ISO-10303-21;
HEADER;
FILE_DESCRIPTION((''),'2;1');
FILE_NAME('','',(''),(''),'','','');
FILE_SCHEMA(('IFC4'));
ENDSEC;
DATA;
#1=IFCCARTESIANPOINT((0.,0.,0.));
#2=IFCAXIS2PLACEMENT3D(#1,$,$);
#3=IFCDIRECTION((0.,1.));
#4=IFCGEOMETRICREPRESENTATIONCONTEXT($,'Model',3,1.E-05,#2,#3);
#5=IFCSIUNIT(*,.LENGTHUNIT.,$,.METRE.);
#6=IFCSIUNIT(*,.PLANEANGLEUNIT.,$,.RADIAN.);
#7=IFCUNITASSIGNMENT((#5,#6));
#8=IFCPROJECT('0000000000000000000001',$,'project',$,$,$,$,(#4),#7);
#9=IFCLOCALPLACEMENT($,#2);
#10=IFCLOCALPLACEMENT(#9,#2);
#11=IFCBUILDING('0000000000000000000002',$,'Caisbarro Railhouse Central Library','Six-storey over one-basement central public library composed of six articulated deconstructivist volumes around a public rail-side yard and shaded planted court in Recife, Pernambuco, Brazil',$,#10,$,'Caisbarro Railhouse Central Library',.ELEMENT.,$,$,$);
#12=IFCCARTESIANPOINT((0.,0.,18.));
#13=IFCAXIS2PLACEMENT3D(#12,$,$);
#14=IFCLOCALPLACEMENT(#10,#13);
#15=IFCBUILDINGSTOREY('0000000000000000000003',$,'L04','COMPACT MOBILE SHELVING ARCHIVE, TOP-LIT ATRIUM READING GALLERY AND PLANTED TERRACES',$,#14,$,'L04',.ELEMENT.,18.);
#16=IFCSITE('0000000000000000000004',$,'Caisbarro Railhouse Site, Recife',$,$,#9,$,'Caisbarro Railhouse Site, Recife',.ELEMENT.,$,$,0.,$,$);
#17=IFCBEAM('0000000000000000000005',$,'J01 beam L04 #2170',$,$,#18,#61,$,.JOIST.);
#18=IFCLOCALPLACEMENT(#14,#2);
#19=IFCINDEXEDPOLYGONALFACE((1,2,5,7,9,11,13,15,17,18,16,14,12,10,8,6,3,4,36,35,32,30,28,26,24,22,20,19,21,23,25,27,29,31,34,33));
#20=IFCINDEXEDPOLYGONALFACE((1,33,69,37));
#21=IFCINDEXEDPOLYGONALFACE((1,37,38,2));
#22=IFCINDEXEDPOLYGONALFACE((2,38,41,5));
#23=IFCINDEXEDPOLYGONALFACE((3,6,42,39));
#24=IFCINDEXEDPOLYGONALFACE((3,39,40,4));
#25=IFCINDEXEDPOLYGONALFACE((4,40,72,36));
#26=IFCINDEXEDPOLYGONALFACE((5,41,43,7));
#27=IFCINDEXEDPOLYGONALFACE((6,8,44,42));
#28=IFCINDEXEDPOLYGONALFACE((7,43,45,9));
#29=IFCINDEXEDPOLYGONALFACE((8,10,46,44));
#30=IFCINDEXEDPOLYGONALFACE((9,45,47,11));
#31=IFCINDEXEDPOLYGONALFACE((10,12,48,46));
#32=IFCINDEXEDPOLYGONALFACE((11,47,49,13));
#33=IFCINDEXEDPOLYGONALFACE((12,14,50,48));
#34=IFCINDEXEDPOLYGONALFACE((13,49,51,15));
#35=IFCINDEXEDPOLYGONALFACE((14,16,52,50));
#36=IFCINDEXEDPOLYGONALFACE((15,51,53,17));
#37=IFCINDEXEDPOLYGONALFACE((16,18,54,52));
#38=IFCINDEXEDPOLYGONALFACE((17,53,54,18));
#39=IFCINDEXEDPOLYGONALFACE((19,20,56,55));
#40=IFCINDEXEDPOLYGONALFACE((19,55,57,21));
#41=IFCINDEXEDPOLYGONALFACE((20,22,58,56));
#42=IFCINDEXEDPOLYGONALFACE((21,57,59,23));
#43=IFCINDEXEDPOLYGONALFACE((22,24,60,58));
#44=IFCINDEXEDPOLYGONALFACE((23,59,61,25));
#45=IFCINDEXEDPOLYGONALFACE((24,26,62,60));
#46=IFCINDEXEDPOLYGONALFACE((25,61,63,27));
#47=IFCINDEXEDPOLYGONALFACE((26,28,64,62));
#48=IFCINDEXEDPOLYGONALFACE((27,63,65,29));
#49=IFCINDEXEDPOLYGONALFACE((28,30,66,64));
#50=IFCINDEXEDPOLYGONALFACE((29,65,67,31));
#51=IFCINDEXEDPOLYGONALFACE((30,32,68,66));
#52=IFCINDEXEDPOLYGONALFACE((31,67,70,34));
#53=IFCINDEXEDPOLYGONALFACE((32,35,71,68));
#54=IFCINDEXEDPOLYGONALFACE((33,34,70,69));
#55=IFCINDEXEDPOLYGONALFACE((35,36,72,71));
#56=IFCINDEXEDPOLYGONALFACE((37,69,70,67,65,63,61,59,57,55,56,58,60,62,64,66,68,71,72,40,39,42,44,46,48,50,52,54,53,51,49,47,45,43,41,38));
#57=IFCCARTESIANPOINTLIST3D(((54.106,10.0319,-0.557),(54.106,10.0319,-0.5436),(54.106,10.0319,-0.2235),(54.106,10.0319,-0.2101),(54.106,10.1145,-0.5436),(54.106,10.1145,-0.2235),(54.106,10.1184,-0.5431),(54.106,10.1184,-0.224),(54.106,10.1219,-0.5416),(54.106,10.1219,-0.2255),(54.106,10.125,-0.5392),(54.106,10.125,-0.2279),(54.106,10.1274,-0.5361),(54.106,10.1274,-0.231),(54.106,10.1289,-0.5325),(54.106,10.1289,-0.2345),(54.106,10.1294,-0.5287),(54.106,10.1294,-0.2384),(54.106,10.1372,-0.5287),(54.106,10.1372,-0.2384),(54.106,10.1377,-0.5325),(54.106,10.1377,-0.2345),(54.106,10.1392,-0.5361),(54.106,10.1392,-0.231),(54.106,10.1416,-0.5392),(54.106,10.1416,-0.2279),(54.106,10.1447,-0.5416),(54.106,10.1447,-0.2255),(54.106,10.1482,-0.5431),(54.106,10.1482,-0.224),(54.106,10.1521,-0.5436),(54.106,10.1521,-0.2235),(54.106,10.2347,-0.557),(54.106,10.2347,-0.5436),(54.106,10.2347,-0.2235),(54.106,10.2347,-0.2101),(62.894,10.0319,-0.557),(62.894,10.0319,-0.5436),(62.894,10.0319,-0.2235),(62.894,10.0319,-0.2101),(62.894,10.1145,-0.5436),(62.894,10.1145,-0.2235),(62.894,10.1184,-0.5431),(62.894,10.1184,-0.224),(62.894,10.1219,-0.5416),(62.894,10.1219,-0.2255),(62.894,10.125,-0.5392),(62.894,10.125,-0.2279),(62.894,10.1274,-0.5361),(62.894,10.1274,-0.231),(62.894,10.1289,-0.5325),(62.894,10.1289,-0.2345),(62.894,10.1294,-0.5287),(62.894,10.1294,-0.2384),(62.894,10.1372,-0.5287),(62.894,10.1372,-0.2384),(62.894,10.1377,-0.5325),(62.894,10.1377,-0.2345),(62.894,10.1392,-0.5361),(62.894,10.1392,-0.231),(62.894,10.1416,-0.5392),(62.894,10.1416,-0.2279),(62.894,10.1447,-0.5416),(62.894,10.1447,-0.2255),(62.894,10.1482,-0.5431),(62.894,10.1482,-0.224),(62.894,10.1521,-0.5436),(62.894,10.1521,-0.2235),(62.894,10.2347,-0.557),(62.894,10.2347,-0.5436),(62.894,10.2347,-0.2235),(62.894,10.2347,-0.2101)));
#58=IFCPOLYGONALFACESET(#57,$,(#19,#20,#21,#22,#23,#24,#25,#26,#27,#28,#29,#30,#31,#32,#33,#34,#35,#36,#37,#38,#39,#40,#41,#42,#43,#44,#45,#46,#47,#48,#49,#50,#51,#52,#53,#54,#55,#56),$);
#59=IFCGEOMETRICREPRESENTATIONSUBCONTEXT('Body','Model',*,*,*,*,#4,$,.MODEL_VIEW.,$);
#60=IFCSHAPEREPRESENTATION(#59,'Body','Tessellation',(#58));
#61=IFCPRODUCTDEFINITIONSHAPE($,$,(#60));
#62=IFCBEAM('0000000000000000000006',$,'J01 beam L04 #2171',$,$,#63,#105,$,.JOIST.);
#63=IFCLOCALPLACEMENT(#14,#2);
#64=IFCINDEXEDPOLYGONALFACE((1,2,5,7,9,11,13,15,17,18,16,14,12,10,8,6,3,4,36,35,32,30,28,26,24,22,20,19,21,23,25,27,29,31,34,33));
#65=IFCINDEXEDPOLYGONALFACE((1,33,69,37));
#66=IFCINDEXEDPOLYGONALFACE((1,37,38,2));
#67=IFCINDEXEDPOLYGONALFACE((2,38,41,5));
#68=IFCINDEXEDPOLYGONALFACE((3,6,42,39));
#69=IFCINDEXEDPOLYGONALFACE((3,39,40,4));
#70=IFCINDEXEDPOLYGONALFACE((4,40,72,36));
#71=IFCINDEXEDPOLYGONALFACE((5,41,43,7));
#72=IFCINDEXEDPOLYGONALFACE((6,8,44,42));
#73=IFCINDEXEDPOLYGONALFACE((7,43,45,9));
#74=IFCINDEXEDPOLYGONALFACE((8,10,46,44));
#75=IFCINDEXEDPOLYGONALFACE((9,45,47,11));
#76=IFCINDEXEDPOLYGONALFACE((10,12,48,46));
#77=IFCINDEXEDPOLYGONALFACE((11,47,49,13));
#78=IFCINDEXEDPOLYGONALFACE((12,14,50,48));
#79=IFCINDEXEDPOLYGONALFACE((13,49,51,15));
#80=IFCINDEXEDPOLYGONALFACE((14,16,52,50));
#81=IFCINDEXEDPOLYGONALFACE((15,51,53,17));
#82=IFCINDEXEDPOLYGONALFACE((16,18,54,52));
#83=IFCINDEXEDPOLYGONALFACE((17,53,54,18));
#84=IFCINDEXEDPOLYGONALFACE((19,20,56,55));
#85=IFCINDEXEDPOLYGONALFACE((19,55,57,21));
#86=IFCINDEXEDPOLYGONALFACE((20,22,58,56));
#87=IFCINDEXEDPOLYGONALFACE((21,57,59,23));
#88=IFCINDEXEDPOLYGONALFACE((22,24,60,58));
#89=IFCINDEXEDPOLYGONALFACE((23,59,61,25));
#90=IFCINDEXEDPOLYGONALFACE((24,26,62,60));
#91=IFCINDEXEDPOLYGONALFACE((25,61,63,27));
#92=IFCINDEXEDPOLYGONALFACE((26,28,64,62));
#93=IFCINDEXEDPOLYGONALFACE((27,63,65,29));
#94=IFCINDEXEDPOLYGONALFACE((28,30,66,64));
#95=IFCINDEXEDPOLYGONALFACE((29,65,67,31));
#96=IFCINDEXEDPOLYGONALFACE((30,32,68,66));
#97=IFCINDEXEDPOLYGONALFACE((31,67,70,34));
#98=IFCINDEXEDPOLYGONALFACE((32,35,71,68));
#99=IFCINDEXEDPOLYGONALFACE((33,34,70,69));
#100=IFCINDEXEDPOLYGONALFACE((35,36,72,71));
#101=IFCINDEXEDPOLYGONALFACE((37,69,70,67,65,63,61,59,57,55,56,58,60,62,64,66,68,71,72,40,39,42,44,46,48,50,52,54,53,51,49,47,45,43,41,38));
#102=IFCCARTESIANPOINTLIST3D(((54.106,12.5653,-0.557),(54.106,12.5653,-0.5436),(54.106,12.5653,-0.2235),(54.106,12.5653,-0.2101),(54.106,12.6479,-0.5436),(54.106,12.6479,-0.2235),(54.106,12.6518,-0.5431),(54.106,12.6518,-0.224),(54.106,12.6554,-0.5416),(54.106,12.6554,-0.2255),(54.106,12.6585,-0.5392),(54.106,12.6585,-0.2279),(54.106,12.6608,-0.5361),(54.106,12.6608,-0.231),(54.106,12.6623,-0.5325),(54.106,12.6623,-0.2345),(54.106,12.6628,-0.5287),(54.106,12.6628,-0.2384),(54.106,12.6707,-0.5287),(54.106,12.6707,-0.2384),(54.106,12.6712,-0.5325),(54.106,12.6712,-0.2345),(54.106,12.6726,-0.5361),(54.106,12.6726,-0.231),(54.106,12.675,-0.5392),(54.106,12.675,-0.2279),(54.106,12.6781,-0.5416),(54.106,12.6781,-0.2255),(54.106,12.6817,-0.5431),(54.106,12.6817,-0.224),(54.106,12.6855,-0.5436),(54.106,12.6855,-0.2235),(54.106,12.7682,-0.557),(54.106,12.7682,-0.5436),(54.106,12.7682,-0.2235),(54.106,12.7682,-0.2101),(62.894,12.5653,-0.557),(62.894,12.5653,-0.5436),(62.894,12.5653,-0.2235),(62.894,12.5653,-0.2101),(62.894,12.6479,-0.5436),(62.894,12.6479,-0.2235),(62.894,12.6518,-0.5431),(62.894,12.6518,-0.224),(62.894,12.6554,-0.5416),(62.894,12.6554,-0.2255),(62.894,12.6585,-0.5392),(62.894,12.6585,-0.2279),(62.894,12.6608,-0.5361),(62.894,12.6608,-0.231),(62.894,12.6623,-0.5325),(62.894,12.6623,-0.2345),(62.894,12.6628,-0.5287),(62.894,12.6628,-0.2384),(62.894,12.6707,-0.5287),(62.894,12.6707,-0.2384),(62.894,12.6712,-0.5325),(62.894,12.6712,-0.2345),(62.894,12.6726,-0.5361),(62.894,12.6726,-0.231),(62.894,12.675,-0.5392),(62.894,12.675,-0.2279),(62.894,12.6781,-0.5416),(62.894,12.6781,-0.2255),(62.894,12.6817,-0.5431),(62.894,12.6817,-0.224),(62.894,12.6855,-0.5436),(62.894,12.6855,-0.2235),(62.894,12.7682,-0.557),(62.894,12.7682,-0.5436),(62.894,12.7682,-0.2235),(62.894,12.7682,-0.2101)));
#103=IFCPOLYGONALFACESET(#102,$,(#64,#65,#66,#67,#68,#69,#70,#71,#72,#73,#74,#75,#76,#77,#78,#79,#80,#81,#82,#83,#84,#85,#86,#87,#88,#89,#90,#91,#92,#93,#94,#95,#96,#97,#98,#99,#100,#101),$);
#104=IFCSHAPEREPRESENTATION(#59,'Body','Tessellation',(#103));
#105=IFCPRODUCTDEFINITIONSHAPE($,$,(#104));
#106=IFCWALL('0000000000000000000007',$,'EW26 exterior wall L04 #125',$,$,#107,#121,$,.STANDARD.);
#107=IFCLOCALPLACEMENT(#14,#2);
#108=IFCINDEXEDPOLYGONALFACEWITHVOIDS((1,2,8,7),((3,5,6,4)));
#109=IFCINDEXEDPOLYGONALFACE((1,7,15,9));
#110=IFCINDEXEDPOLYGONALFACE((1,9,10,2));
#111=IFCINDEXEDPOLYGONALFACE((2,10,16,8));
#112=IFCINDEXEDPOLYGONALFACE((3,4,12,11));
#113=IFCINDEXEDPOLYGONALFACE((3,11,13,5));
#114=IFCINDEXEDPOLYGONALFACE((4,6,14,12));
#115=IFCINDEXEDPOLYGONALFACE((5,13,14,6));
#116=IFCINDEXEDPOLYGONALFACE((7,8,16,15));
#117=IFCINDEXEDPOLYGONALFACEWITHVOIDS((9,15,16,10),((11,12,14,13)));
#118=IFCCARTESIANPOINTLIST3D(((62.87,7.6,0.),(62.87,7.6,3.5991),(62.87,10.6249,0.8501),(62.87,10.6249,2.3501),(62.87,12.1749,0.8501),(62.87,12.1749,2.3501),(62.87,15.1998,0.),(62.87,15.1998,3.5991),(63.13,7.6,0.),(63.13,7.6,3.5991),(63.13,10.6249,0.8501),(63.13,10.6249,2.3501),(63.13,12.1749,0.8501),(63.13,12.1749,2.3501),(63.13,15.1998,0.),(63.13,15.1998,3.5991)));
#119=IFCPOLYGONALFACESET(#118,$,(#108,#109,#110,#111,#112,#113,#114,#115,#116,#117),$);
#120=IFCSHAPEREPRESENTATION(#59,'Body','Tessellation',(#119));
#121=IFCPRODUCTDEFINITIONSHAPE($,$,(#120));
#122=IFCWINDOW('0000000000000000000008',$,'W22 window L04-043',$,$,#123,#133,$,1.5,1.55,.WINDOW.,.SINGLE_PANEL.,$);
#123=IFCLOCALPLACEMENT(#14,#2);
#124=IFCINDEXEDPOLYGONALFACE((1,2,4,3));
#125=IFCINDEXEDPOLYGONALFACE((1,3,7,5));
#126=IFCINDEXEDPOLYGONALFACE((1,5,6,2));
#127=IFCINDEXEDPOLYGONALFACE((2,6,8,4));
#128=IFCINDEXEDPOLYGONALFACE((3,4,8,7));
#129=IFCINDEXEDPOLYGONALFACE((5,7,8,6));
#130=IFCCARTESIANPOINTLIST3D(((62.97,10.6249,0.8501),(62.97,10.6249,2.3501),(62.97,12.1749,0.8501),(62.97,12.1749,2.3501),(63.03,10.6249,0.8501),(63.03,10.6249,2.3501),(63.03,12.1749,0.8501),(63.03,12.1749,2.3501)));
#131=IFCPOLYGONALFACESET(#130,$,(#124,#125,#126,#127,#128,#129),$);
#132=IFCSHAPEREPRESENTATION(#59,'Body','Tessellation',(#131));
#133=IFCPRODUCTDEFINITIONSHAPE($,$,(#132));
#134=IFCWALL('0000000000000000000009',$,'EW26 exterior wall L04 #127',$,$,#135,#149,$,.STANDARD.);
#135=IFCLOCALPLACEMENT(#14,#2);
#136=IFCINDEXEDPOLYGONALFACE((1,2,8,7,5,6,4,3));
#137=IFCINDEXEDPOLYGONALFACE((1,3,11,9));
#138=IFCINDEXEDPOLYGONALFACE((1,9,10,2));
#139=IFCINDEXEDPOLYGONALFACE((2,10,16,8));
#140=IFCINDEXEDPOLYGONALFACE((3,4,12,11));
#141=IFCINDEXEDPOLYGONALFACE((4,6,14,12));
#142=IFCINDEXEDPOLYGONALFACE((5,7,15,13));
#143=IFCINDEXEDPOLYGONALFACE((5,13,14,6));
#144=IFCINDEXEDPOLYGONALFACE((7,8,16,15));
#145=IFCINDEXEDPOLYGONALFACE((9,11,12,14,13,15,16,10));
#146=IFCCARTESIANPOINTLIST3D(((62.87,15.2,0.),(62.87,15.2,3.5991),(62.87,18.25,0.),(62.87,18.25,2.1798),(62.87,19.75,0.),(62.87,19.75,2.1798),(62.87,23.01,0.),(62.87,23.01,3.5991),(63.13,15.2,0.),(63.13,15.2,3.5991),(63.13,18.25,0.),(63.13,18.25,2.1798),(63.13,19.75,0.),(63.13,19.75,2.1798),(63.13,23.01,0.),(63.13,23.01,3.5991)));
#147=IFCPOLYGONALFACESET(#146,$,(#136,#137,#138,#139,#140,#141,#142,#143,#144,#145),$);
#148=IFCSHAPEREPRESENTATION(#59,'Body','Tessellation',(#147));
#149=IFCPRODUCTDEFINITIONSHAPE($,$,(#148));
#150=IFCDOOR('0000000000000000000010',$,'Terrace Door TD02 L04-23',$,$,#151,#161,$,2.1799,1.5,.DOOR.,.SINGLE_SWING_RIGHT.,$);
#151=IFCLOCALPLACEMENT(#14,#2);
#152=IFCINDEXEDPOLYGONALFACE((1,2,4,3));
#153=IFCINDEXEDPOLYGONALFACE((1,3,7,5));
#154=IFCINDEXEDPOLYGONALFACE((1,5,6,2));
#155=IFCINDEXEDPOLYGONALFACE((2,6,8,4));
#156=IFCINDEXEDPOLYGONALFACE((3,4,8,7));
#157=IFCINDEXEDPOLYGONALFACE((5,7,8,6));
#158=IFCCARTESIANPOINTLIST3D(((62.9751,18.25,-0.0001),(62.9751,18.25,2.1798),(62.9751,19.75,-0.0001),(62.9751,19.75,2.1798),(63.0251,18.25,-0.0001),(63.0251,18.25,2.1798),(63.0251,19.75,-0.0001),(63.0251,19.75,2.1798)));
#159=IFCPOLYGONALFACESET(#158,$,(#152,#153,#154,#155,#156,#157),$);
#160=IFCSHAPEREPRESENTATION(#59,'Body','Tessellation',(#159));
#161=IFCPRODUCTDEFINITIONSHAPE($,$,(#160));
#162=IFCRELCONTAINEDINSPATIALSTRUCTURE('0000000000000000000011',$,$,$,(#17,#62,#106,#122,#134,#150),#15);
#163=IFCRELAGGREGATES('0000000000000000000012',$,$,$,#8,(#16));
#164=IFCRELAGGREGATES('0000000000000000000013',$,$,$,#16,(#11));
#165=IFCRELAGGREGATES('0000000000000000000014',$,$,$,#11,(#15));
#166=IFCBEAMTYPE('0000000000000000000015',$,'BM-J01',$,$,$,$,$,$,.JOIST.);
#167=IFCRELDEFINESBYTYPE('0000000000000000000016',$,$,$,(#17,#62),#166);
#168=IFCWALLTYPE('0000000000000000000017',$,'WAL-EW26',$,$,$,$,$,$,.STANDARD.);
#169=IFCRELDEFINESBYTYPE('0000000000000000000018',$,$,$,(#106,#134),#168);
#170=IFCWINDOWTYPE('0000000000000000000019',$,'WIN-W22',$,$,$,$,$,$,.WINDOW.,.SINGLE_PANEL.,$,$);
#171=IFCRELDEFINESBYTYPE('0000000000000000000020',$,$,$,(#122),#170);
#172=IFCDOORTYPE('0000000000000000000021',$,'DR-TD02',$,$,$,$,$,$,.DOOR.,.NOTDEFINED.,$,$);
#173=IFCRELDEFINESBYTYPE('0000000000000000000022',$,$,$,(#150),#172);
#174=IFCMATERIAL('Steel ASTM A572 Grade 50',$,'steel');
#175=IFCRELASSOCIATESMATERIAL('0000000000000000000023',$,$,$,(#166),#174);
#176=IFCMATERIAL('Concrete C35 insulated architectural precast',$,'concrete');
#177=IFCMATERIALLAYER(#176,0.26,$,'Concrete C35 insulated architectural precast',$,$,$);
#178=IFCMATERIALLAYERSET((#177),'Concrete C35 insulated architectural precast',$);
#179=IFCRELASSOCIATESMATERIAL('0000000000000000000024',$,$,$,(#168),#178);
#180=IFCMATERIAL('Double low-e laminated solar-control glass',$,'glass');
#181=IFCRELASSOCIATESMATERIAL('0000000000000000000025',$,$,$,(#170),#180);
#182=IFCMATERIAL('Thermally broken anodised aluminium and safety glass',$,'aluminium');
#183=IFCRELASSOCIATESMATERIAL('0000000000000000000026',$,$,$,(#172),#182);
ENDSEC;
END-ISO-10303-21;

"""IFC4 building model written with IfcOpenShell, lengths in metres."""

from ifc_helpers import new_model, si_unit, direction, frame, frame_2d, origin, origin_2d, place, context, subcontext, project, spatial, rectangle, i_section, extrude, material, layer, layer_set, material_profile, profile_set, type_object, element, fill, save


model = new_model("IFC4")

# Units and contexts
model_context = context("Model", 3, precision=1e-05, world=origin(), true_north=direction((0.0, 1.0)))
body_context = subcontext(model_context, "Body", "Model", "MODEL_VIEW")
ifc_project = project(units=[si_unit("LENGTHUNIT", "METRE"), si_unit("PLANEANGLEUNIT", "RADIAN")], contexts=[model_context])

# Site, building, storey
site_placement = place(None, origin())
site = spatial("IfcSite", under=ifc_project, at=site_placement, Name="Caisbarro Railhouse Site, Recife", LongName="Caisbarro Railhouse Site, Recife", CompositionType="ELEMENT", RefElevation=0.0)
building_placement = place(site_placement, origin())
building = spatial("IfcBuilding", under=site, at=building_placement, Name="Caisbarro Railhouse Central Library", Description="Six-storey over one-basement central public library composed of six articulated deconstructivist volumes around a public rail-side yard and shaded planted court in Recife, Pernambuco, Brazil", LongName="Caisbarro Railhouse Central Library", CompositionType="ELEMENT")
storey_placement = place(building_placement, frame((0.0, 0.0, 18.0)))
storey = spatial("IfcBuildingStorey", under=building, at=storey_placement, Name="L04", Description="COMPACT MOBILE SHELVING ARCHIVE, TOP-LIT ATRIUM READING GALLERY AND PLANTED TERRACES", LongName="L04", CompositionType="ELEMENT", Elevation=18.0)

# Shared definitions
ifc_material_1 = material(Name="Steel ASTM A572 Grade 50", Category="steel")

# Beams
ifc_material_profile_1 = material_profile(ifc_material_1, i_section(OverallWidth=0.2029, OverallDepth=0.3469, WebThickness=0.0078, FlangeThickness=0.0134, FilletRadius=0.0149, at=origin_2d()), Name="W360X64.0")
ifc_profile_set_1 = profile_set([ifc_material_profile_1], Name="Steel ASTM A572 Grade 50")
beam_type_1 = type_object("IfcBeamType", Name="BM-J01", PredefinedType="JOIST", material=ifc_profile_set_1)
for number, where, z_axis, x_axis, name in (
    (1, (54.106, 10.1333, -0.3835), (1.0, 0.0, 0.0), (0.0, 1.0, 0.0), "J01 beam L04 #2170"),
    (2, (54.106, 12.6667, -0.3835), (1.0, 0.0, 0.0), (0.0, 1.0, 0.0), "J01 beam L04 #2171"),
):
    element("IfcBeam", number, at=place(storey_placement, frame(where, z_axis=z_axis, x_axis=x_axis)), inside=storey, type_object=beam_type_1, Name=name, PredefinedType="JOIST", context=body_context, shape_type="SweptSolid", body=[
        extrude(i_section(OverallWidth=0.2029, OverallDepth=0.3469, WebThickness=0.0078, FlangeThickness=0.0134, FilletRadius=0.0149, at=origin_2d()), origin(), (0.0, 0.0, 1.0), 8.7881),
    ])

# Wall, opening, window
ifc_material_2 = material(Name="Concrete C35 insulated architectural precast", Category="concrete")
ifc_layer_1 = layer(ifc_material_2, 0.26, Name="Concrete C35 insulated architectural precast")
ifc_layer_set_1 = layer_set([ifc_layer_1], Name="Concrete C35 insulated architectural precast")
wall_type_1 = type_object("IfcWallType", Name="WAL-EW26", PredefinedType="STANDARD", material=ifc_layer_set_1)
wall_1_placement = place(storey_placement, frame((63.0, 7.6001, 0.0), z_axis=(0.0, 0.0, 1.0), x_axis=(0.0, 1.0, 0.0)))
wall_1 = element("IfcWall", 3, at=wall_1_placement, inside=storey, type_object=wall_type_1, Name="EW26 exterior wall L04 #125", PredefinedType="STANDARD", context=body_context, shape_type="SweptSolid", body=[
    extrude(rectangle(XDim=7.5999, YDim=0.26, at=frame_2d((3.7998, 0.0))), origin(), (0.0, 0.0, 1.0), 3.5991),
])
opening_1_placement = place(wall_1_placement, frame((3.0249, 0.0, 0.8501)))
opening_1 = element("IfcOpeningElement", 4, at=opening_1_placement, cuts=wall_1, PredefinedType="OPENING", context=body_context, shape_type="SweptSolid", body=[
    extrude(rectangle(XDim=1.55, YDim=1.5, at=frame_2d((0.7749, 0.75))), frame((0.0, 0.1401, 0.0), z_axis=(0.0, -1.0, 0.0), x_axis=(1.0, 0.0, 0.0)), (0.0, 0.0, 1.0), 0.28),
])
ifc_material_3 = material(Name="Double low-e laminated solar-control glass", Category="glass")
window_type = type_object("IfcWindowType", Name="WIN-W22", PartitioningType="SINGLE_PANEL", PredefinedType="WINDOW", material=ifc_material_3)
window_placement = place(opening_1_placement, origin())
window = element("IfcWindow", 5, at=window_placement, inside=storey, type_object=window_type, Name="W22 window L04-043", OverallHeight=1.5, OverallWidth=1.55, PartitioningType="SINGLE_PANEL", PredefinedType="WINDOW", context=body_context, shape_type="SweptSolid", body=[
    extrude(rectangle(XDim=1.55, YDim=1.5, at=frame_2d((0.7749, 0.75))), frame((0.0, 0.03, 0.0), z_axis=(0.0, -1.0, 0.0), x_axis=(1.0, 0.0, 0.0)), (0.0, 0.0, 1.0), 0.0601),
])
fill(opening_1, window)

# Wall, opening, door
wall_2_placement = place(storey_placement, frame((63.0, 15.2, 0.0), z_axis=(0.0, 0.0, 1.0), x_axis=(0.0, 1.0, 0.0)))
wall_2 = element("IfcWall", 6, at=wall_2_placement, inside=storey, type_object=wall_type_1, Name="EW26 exterior wall L04 #127", PredefinedType="STANDARD", context=body_context, shape_type="SweptSolid", body=[
    extrude(rectangle(XDim=7.8101, YDim=0.26, at=frame_2d((3.905, 0.0))), origin(), (0.0, 0.0, 1.0), 3.5991),
])
opening_2_placement = place(wall_2_placement, frame((3.05, 0.0, 0.0)))
opening_2 = element("IfcOpeningElement", 7, at=opening_2_placement, cuts=wall_2, PredefinedType="OPENING", context=body_context, shape_type="SweptSolid", body=[
    extrude(rectangle(XDim=1.5, YDim=2.1799, at=frame_2d((0.75, 1.0898))), frame((0.0, 0.1401, 0.0), z_axis=(0.0, -1.0, 0.0), x_axis=(1.0, 0.0, 0.0)), (0.0, 0.0, 1.0), 0.28),
])
ifc_material_4 = material(Name="Thermally broken anodised aluminium and safety glass", Category="aluminium")
door_type_1 = type_object("IfcDoorType", Name="DR-TD02", OperationType="NOTDEFINED", PredefinedType="DOOR", material=ifc_material_4)
door_1_placement = place(opening_2_placement, origin())
door_1 = element("IfcDoor", 8, at=door_1_placement, inside=storey, type_object=door_type_1, Name="Terrace Door TD02 L04-23", OperationType="SINGLE_SWING_RIGHT", OverallHeight=2.1799, OverallWidth=1.5, PredefinedType="DOOR", context=body_context, shape_type="SweptSolid", body=[
    extrude(rectangle(XDim=1.5, YDim=2.1799, at=frame_2d((0.75, 1.0898))), frame((0.0, 0.0249, 0.0), z_axis=(0.0, -1.0, 0.0), x_axis=(1.0, 0.0, 0.0)), (0.0, 0.0, 1.0), 0.05),
])
fill(opening_2, door_1)

save(model, "model.ifc")
